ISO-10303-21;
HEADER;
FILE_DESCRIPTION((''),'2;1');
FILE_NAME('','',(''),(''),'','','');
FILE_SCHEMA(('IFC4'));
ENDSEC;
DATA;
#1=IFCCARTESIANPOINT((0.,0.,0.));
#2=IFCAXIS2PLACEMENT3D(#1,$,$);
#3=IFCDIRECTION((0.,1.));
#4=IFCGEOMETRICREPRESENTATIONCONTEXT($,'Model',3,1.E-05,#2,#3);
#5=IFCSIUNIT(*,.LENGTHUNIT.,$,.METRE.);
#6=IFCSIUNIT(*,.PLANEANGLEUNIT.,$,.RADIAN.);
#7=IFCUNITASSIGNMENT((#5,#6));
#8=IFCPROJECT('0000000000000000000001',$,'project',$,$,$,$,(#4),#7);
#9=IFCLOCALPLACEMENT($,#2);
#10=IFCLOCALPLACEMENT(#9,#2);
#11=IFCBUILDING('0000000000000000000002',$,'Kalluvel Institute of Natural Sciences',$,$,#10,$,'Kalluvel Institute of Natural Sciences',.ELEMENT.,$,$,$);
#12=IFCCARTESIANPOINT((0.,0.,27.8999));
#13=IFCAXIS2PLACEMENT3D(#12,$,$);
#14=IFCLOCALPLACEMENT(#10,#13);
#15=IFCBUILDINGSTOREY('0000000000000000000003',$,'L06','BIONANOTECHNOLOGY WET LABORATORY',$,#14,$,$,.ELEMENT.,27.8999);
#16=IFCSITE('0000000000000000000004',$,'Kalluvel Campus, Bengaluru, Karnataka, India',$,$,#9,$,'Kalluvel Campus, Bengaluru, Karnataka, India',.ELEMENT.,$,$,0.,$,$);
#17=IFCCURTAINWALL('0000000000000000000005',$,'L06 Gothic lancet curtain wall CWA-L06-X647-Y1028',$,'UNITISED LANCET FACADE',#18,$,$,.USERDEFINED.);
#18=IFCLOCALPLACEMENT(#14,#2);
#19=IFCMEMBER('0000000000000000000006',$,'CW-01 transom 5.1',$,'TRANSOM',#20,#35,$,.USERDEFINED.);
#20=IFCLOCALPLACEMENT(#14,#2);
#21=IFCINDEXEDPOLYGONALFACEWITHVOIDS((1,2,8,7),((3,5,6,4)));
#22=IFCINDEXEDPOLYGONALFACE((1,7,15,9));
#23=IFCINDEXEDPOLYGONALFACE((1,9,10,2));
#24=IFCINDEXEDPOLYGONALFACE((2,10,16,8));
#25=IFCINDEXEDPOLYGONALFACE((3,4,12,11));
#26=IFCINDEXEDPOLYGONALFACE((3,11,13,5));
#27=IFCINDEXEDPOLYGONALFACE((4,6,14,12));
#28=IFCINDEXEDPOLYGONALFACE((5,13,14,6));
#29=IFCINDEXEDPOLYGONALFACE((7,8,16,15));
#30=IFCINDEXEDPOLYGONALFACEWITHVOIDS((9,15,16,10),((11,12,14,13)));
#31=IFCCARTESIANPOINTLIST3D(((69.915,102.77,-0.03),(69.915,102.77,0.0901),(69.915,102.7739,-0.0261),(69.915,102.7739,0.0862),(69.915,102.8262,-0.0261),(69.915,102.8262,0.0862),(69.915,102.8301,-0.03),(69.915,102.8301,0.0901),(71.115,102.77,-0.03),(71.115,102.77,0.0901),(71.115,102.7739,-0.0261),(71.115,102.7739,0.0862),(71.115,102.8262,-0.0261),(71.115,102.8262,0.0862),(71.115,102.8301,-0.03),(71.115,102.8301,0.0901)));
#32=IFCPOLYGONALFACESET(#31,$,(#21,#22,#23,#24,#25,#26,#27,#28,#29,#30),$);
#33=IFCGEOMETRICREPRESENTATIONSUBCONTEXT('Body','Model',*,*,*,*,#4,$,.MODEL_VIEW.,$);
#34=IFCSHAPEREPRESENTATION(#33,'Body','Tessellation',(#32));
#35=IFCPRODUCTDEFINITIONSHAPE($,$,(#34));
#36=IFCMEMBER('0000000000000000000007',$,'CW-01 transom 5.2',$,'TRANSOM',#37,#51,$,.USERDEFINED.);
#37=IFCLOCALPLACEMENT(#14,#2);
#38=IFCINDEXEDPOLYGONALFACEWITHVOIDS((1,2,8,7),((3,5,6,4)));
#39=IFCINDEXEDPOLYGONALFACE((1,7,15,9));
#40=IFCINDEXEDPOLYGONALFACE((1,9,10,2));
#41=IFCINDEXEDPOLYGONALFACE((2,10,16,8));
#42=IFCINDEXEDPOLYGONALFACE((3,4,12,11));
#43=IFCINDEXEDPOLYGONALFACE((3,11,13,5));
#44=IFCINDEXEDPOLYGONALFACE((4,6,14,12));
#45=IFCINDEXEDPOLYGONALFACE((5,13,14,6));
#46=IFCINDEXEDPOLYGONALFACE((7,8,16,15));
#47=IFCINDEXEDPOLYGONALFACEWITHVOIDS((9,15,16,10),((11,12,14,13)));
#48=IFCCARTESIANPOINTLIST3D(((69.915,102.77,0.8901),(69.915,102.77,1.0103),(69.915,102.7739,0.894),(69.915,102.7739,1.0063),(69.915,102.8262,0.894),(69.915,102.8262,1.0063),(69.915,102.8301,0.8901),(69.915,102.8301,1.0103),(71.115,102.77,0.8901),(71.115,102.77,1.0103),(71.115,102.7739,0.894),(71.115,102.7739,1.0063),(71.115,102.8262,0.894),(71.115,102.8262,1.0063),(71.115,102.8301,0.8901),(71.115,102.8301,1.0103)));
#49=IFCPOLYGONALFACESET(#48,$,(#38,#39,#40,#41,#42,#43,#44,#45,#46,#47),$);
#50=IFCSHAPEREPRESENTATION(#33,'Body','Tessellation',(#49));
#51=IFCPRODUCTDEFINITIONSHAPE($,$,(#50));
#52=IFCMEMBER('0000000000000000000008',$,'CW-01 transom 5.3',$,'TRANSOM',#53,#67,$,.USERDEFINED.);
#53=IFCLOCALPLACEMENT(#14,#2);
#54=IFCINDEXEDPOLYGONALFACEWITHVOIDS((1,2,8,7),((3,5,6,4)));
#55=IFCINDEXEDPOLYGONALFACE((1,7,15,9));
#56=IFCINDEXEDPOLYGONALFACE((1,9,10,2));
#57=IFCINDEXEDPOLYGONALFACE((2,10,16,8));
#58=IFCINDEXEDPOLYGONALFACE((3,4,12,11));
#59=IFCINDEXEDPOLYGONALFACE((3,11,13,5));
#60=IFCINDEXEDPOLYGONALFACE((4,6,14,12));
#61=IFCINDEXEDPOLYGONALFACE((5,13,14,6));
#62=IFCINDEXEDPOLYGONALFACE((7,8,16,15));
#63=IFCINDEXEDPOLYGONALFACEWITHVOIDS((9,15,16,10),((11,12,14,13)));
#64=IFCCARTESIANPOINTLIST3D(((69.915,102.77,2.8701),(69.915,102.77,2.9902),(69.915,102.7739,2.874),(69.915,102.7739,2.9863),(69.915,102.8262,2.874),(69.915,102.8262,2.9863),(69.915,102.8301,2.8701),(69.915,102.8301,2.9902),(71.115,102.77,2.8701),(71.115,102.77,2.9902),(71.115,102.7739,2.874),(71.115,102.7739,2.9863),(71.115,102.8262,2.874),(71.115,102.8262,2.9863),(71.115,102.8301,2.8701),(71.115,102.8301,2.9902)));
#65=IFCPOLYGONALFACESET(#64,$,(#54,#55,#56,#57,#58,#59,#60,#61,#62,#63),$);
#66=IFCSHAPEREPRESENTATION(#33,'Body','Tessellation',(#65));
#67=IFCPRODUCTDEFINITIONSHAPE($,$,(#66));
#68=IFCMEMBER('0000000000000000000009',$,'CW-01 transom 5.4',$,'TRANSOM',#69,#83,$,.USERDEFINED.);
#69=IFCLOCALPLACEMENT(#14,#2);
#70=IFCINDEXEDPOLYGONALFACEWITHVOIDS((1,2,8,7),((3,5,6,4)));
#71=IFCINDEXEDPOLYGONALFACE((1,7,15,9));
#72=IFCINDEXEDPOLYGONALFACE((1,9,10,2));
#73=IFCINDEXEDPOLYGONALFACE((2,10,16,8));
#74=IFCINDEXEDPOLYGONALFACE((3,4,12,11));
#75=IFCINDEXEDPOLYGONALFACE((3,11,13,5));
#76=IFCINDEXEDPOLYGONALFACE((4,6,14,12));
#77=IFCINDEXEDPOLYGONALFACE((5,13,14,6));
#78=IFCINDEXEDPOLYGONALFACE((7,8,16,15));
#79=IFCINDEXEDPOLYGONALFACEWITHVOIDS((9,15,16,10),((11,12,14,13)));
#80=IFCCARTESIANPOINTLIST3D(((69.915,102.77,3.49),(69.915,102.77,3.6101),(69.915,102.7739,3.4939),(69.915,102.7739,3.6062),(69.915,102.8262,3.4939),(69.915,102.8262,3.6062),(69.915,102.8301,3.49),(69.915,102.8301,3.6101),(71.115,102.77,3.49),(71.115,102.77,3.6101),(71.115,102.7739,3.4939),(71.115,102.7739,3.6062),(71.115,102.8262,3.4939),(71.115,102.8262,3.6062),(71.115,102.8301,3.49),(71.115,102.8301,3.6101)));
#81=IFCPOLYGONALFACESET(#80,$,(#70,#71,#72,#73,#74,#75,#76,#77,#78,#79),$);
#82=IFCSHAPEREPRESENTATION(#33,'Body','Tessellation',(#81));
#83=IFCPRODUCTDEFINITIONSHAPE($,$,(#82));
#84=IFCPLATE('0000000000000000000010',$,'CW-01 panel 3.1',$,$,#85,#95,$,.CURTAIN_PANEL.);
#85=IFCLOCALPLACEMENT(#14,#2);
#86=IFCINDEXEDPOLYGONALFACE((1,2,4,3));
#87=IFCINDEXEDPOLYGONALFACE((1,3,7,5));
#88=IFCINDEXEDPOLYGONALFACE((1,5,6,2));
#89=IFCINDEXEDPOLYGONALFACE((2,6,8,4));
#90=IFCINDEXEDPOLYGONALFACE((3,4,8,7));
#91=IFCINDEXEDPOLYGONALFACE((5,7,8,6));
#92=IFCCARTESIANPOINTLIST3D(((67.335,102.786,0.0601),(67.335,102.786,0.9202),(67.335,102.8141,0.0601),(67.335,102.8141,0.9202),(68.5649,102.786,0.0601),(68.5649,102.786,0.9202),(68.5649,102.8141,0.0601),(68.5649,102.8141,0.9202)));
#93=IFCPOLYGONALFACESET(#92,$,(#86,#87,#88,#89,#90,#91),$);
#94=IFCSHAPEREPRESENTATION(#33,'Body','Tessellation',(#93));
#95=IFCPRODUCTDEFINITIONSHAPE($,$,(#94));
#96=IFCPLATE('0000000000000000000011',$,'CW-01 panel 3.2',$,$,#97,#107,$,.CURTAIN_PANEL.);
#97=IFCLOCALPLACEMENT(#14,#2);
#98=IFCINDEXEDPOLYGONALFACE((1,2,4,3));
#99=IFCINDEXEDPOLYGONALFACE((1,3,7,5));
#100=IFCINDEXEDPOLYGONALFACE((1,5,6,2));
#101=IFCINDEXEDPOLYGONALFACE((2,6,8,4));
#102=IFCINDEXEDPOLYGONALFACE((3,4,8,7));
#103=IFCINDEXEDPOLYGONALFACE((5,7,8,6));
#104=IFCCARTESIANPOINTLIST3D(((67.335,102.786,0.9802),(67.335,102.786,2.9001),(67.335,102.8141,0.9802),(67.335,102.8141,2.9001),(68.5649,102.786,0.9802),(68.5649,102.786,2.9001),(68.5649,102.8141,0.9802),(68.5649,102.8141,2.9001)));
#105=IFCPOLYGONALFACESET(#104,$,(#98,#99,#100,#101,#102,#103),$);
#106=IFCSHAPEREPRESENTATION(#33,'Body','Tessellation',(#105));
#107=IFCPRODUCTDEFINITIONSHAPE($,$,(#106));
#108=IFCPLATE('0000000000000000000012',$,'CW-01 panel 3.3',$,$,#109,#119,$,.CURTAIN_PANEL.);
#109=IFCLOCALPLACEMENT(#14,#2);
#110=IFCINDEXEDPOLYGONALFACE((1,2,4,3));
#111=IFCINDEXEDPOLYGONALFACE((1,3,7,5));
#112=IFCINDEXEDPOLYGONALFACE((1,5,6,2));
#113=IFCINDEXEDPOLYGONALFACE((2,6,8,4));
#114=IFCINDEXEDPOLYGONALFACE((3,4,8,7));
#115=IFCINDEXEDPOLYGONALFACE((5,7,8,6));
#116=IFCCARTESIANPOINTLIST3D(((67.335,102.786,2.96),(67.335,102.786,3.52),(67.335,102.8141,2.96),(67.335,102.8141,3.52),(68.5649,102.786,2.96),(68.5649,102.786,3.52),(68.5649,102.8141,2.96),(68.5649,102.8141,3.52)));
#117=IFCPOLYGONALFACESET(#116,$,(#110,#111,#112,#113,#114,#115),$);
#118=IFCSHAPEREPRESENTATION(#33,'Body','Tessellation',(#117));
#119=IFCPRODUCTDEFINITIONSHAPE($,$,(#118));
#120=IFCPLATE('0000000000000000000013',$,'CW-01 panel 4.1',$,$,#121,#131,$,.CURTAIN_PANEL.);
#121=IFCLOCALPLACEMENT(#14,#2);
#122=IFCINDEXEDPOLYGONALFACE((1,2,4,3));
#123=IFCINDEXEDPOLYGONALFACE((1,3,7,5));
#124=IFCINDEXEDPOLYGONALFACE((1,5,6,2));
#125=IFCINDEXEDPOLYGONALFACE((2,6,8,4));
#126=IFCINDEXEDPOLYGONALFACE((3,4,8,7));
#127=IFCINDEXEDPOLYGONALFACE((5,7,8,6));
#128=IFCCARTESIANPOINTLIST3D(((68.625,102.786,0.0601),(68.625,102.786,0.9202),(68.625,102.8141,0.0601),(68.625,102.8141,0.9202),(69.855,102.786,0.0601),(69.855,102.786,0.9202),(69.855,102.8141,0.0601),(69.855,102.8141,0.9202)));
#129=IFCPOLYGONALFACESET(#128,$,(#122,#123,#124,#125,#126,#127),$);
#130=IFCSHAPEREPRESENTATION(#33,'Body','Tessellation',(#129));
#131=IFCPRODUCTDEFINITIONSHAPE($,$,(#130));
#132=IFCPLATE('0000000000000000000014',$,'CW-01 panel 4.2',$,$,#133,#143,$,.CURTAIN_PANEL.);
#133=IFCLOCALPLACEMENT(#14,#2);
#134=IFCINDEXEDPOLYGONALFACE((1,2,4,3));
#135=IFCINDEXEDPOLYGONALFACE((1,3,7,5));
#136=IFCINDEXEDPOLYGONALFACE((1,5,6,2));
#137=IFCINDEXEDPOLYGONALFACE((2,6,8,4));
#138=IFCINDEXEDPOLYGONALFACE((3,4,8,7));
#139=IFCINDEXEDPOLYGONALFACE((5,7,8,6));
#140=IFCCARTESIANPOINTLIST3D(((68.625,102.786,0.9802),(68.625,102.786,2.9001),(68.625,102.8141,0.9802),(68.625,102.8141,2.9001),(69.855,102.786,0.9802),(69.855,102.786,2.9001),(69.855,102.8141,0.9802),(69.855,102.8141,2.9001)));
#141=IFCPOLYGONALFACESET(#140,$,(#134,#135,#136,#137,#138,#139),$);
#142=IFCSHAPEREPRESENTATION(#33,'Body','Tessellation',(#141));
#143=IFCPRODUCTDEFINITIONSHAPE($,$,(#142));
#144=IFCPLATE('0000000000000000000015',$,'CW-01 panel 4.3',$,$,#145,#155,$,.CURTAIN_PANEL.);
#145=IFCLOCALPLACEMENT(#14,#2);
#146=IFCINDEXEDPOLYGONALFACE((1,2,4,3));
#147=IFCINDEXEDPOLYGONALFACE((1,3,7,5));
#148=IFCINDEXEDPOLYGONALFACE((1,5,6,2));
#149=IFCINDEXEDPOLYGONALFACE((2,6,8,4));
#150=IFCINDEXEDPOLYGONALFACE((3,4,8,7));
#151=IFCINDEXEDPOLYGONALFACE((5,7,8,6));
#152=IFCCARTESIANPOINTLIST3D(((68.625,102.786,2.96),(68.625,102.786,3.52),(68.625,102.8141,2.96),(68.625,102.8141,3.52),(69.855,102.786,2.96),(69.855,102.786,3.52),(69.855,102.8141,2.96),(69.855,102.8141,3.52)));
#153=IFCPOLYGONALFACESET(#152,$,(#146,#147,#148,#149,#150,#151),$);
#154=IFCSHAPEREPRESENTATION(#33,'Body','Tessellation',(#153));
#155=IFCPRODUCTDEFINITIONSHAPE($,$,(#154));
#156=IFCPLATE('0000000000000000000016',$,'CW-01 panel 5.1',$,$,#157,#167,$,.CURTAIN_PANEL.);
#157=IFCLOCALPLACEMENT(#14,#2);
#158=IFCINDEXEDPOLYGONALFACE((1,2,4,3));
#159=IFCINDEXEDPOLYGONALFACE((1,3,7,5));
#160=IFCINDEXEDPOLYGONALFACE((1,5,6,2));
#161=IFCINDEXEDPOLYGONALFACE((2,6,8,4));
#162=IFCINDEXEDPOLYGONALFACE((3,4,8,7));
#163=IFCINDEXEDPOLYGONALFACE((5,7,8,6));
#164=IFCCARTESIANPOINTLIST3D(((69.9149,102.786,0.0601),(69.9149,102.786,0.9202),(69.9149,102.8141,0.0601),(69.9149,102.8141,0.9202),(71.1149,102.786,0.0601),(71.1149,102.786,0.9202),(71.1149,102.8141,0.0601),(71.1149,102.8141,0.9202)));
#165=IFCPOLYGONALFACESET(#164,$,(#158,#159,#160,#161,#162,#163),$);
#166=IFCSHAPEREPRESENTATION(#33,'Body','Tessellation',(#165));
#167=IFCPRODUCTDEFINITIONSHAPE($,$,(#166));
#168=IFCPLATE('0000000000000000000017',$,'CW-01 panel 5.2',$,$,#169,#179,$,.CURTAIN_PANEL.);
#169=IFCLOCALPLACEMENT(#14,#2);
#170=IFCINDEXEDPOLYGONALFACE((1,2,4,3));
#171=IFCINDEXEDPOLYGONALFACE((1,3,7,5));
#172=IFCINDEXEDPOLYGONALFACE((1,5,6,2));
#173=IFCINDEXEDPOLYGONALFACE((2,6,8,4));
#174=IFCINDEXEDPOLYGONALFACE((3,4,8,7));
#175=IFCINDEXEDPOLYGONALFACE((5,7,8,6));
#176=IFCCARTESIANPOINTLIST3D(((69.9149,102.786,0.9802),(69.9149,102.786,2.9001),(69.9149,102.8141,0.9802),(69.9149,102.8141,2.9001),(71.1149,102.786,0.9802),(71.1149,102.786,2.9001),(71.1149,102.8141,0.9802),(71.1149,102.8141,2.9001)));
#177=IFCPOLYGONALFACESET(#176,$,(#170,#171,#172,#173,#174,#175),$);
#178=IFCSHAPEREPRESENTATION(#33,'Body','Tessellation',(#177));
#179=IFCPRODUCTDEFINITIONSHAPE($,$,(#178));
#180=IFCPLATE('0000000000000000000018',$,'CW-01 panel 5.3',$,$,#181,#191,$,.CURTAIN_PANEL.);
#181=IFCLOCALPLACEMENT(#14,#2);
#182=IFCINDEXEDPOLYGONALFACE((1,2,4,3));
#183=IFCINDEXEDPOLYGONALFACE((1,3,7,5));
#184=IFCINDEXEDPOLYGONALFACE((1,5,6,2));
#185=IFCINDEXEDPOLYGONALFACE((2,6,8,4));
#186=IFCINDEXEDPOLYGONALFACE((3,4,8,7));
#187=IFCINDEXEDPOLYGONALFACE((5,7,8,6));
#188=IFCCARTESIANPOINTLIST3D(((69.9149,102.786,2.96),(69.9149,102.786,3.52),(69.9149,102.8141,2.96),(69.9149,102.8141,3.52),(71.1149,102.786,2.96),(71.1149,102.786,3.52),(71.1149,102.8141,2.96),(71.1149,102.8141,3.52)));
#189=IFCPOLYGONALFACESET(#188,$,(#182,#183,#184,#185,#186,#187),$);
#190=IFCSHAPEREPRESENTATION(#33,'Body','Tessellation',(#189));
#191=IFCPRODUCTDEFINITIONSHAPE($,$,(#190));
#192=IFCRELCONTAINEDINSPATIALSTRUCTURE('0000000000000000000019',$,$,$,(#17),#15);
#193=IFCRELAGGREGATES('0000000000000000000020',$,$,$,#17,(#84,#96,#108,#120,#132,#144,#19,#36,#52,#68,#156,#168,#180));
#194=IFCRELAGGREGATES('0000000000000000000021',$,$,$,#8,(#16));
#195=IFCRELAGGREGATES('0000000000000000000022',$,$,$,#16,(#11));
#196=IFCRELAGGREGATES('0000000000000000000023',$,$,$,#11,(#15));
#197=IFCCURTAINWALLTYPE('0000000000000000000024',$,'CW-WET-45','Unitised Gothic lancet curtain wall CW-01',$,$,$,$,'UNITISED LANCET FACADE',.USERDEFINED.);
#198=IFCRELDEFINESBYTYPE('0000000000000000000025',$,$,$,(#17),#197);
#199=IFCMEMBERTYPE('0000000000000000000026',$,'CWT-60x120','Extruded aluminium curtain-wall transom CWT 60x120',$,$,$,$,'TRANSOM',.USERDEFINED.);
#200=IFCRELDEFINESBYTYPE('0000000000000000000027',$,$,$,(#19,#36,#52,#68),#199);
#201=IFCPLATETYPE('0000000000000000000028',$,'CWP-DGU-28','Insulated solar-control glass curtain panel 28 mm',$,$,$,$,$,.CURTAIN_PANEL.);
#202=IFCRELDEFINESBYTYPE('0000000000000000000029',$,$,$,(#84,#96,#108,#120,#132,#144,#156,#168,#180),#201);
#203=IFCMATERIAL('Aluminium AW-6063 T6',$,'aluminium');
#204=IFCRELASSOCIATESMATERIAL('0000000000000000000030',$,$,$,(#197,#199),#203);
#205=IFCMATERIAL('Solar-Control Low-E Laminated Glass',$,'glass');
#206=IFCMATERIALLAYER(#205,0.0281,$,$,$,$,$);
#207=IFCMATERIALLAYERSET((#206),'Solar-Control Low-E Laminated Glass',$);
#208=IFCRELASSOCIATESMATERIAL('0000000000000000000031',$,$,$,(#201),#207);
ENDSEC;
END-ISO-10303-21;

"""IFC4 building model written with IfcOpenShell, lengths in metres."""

from ifc_helpers import new_model, si_unit, direction, frame, origin, origin_2d, place, context, subcontext, project, spatial, rectangle, hollow_rectangle, extrude, material, layer, layer_set, material_profile, profile_set, type_object, element, aggregate, save


model = new_model("IFC4")

# Units and contexts
model_context = context("Model", 3, precision=1e-05, world=origin(), true_north=direction((0.0, 1.0)))
body_context = subcontext(model_context, "Body", "Model", "MODEL_VIEW")
ifc_project = project(units=[si_unit("LENGTHUNIT", "METRE"), si_unit("PLANEANGLEUNIT", "RADIAN")], contexts=[model_context])

# Site, building, storey
site_placement = place(None, origin())
site = spatial("IfcSite", under=ifc_project, at=site_placement, Name="Kalluvel Campus, Bengaluru, Karnataka, India", LongName="Kalluvel Campus, Bengaluru, Karnataka, India", CompositionType="ELEMENT", RefElevation=0.0)
building_placement = place(site_placement, origin())
building = spatial("IfcBuilding", under=site, at=building_placement, Name="Kalluvel Institute of Natural Sciences", LongName="Kalluvel Institute of Natural Sciences", CompositionType="ELEMENT")
storey_placement = place(building_placement, frame((0.0, 0.0, 27.8999)))
storey = spatial("IfcBuildingStorey", under=building, at=storey_placement, Name="L06", Description="BIONANOTECHNOLOGY WET LABORATORY", CompositionType="ELEMENT", Elevation=27.8999)

# Curtain wall, members, plates
ifc_material_1 = material(Name="Aluminium AW-6063 T6", Category="aluminium")
curtain_wall_type = type_object("IfcCurtainWallType", Name="CW-WET-45", Description="Unitised Gothic lancet curtain wall CW-01", ElementType="UNITISED LANCET FACADE", PredefinedType="USERDEFINED", material=ifc_material_1)
curtain_wall_placement = place(storey_placement, origin())
curtain_wall = element("IfcCurtainWall", 1, at=curtain_wall_placement, inside=storey, type_object=curtain_wall_type, Name="L06 Gothic lancet curtain wall CWA-L06-X647-Y1028", ObjectType="UNITISED LANCET FACADE", PredefinedType="USERDEFINED")
ifc_material_profile_1 = material_profile(ifc_material_1, hollow_rectangle(XDim=0.0601, YDim=0.1201, WallThickness=0.0039, at=origin_2d()), Name="CWT 60x120")
ifc_profile_set_1 = profile_set([ifc_material_profile_1], Name="Aluminium AW-6063 T6")
member_type_1 = type_object("IfcMemberType", Name="CWT-60x120", Description="Extruded aluminium curtain-wall transom CWT 60x120", ElementType="TRANSOM", PredefinedType="USERDEFINED", material=ifc_profile_set_1)
member_1_placement = place(storey_placement, frame((69.915, 102.8, 0.03), z_axis=(1.0, 0.0, 0.0), x_axis=(0.0, 1.0, 0.0)))
member_1 = element("IfcMember", 2, at=member_1_placement, type_object=member_type_1, Name="CW-01 transom 5.1", ObjectType="TRANSOM", PredefinedType="USERDEFINED", context=body_context, shape_type="SweptSolid", body=[
    extrude(hollow_rectangle(XDim=0.0601, YDim=0.1201, WallThickness=0.0039, at=origin_2d()), origin(), (0.0, 0.0, 1.0), 1.2),
])
member_2_placement = place(storey_placement, frame((69.915, 102.8, 0.9502), z_axis=(1.0, 0.0, 0.0), x_axis=(0.0, 1.0, 0.0)))
member_2 = element("IfcMember", 3, at=member_2_placement, type_object=member_type_1, Name="CW-01 transom 5.2", ObjectType="TRANSOM", PredefinedType="USERDEFINED", context=body_context, shape_type="SweptSolid", body=[
    extrude(hollow_rectangle(XDim=0.0601, YDim=0.1201, WallThickness=0.0039, at=origin_2d()), origin(), (0.0, 0.0, 1.0), 1.2),
])
member_3_placement = place(storey_placement, frame((69.915, 102.8, 2.9302), z_axis=(1.0, 0.0, 0.0), x_axis=(0.0, 1.0, 0.0)))
member_3 = element("IfcMember", 4, at=member_3_placement, type_object=member_type_1, Name="CW-01 transom 5.3", ObjectType="TRANSOM", PredefinedType="USERDEFINED", context=body_context, shape_type="SweptSolid", body=[
    extrude(hollow_rectangle(XDim=0.0601, YDim=0.1201, WallThickness=0.0039, at=origin_2d()), origin(), (0.0, 0.0, 1.0), 1.2),
])
member_4_placement = place(storey_placement, frame((69.915, 102.8, 3.55), z_axis=(1.0, 0.0, 0.0), x_axis=(0.0, 1.0, 0.0)))
member_4 = element("IfcMember", 5, at=member_4_placement, type_object=member_type_1, Name="CW-01 transom 5.4", ObjectType="TRANSOM", PredefinedType="USERDEFINED", context=body_context, shape_type="SweptSolid", body=[
    extrude(hollow_rectangle(XDim=0.0601, YDim=0.1201, WallThickness=0.0039, at=origin_2d()), origin(), (0.0, 0.0, 1.0), 1.2),
])
ifc_material_2 = material(Name="Solar-Control Low-E Laminated Glass", Category="glass")
ifc_layer_1 = layer(ifc_material_2, 0.0281)
ifc_layer_set_1 = layer_set([ifc_layer_1], Name="Solar-Control Low-E Laminated Glass")
plate_type = type_object("IfcPlateType", Name="CWP-DGU-28", Description="Insulated solar-control glass curtain panel 28 mm", PredefinedType="CURTAIN_PANEL", material=ifc_layer_set_1)
plate_1_placement = place(storey_placement, frame((67.95, 102.8, 0.0601), z_axis=(0.0, 0.0, 1.0), x_axis=(1.0, 0.0, 0.0)))
plate_1 = element("IfcPlate", 6, at=plate_1_placement, type_object=plate_type, Name="CW-01 panel 3.1", PredefinedType="CURTAIN_PANEL", context=body_context, shape_type="SweptSolid", body=[
    extrude(rectangle(XDim=1.23, YDim=0.0281, at=origin_2d()), origin(), (0.0, 0.0, 1.0), 0.8601),
])
plate_2_placement = place(storey_placement, frame((67.95, 102.8, 0.9802), z_axis=(0.0, 0.0, 1.0), x_axis=(1.0, 0.0, 0.0)))
plate_2 = element("IfcPlate", 7, at=plate_2_placement, type_object=plate_type, Name="CW-01 panel 3.2", PredefinedType="CURTAIN_PANEL", context=body_context, shape_type="SweptSolid", body=[
    extrude(rectangle(XDim=1.23, YDim=0.0281, at=origin_2d()), origin(), (0.0, 0.0, 1.0), 1.9199),
])
plate_3_placement = place(storey_placement, frame((67.95, 102.8, 2.96), z_axis=(0.0, 0.0, 1.0), x_axis=(1.0, 0.0, 0.0)))
plate_3 = element("IfcPlate", 8, at=plate_3_placement, type_object=plate_type, Name="CW-01 panel 3.3", PredefinedType="CURTAIN_PANEL", context=body_context, shape_type="SweptSolid", body=[
    extrude(rectangle(XDim=1.23, YDim=0.0281, at=origin_2d()), origin(), (0.0, 0.0, 1.0), 0.5601),
])
plate_4_placement = place(storey_placement, frame((69.24, 102.8, 0.0601), z_axis=(0.0, 0.0, 1.0), x_axis=(1.0, 0.0, 0.0)))
plate_4 = element("IfcPlate", 9, at=plate_4_placement, type_object=plate_type, Name="CW-01 panel 4.1", PredefinedType="CURTAIN_PANEL", context=body_context, shape_type="SweptSolid", body=[
    extrude(rectangle(XDim=1.23, YDim=0.0281, at=origin_2d()), origin(), (0.0, 0.0, 1.0), 0.8601),
])
plate_5_placement = place(storey_placement, frame((69.24, 102.8, 0.9802), z_axis=(0.0, 0.0, 1.0), x_axis=(1.0, 0.0, 0.0)))
plate_5 = element("IfcPlate", 10, at=plate_5_placement, type_object=plate_type, Name="CW-01 panel 4.2", PredefinedType="CURTAIN_PANEL", context=body_context, shape_type="SweptSolid", body=[
    extrude(rectangle(XDim=1.23, YDim=0.0281, at=origin_2d()), origin(), (0.0, 0.0, 1.0), 1.9199),
])
plate_6_placement = place(storey_placement, frame((69.24, 102.8, 2.96), z_axis=(0.0, 0.0, 1.0), x_axis=(1.0, 0.0, 0.0)))
plate_6 = element("IfcPlate", 11, at=plate_6_placement, type_object=plate_type, Name="CW-01 panel 4.3", PredefinedType="CURTAIN_PANEL", context=body_context, shape_type="SweptSolid", body=[
    extrude(rectangle(XDim=1.23, YDim=0.0281, at=origin_2d()), origin(), (0.0, 0.0, 1.0), 0.5601),
])
plate_7_placement = place(storey_placement, frame((70.5149, 102.8, 0.0601), z_axis=(0.0, 0.0, 1.0), x_axis=(1.0, 0.0, 0.0)))
plate_7 = element("IfcPlate", 12, at=plate_7_placement, type_object=plate_type, Name="CW-01 panel 5.1", PredefinedType="CURTAIN_PANEL", context=body_context, shape_type="SweptSolid", body=[
    extrude(rectangle(XDim=1.2, YDim=0.0281, at=origin_2d()), origin(), (0.0, 0.0, 1.0), 0.8601),
])
plate_8_placement = place(storey_placement, frame((70.5149, 102.8, 0.9802), z_axis=(0.0, 0.0, 1.0), x_axis=(1.0, 0.0, 0.0)))
plate_8 = element("IfcPlate", 13, at=plate_8_placement, type_object=plate_type, Name="CW-01 panel 5.2", PredefinedType="CURTAIN_PANEL", context=body_context, shape_type="SweptSolid", body=[
    extrude(rectangle(XDim=1.2, YDim=0.0281, at=origin_2d()), origin(), (0.0, 0.0, 1.0), 1.9199),
])
plate_9_placement = place(storey_placement, frame((70.5149, 102.8, 2.96), z_axis=(0.0, 0.0, 1.0), x_axis=(1.0, 0.0, 0.0)))
plate_9 = element("IfcPlate", 14, at=plate_9_placement, type_object=plate_type, Name="CW-01 panel 5.3", PredefinedType="CURTAIN_PANEL", context=body_context, shape_type="SweptSolid", body=[
    extrude(rectangle(XDim=1.2, YDim=0.0281, at=origin_2d()), origin(), (0.0, 0.0, 1.0), 0.5601),
])
aggregate(curtain_wall, [plate_1, plate_2, plate_3, plate_4, plate_5, plate_6, member_1, member_2, member_3, member_4, plate_7, plate_8, plate_9])

save(model, "model.ifc")
